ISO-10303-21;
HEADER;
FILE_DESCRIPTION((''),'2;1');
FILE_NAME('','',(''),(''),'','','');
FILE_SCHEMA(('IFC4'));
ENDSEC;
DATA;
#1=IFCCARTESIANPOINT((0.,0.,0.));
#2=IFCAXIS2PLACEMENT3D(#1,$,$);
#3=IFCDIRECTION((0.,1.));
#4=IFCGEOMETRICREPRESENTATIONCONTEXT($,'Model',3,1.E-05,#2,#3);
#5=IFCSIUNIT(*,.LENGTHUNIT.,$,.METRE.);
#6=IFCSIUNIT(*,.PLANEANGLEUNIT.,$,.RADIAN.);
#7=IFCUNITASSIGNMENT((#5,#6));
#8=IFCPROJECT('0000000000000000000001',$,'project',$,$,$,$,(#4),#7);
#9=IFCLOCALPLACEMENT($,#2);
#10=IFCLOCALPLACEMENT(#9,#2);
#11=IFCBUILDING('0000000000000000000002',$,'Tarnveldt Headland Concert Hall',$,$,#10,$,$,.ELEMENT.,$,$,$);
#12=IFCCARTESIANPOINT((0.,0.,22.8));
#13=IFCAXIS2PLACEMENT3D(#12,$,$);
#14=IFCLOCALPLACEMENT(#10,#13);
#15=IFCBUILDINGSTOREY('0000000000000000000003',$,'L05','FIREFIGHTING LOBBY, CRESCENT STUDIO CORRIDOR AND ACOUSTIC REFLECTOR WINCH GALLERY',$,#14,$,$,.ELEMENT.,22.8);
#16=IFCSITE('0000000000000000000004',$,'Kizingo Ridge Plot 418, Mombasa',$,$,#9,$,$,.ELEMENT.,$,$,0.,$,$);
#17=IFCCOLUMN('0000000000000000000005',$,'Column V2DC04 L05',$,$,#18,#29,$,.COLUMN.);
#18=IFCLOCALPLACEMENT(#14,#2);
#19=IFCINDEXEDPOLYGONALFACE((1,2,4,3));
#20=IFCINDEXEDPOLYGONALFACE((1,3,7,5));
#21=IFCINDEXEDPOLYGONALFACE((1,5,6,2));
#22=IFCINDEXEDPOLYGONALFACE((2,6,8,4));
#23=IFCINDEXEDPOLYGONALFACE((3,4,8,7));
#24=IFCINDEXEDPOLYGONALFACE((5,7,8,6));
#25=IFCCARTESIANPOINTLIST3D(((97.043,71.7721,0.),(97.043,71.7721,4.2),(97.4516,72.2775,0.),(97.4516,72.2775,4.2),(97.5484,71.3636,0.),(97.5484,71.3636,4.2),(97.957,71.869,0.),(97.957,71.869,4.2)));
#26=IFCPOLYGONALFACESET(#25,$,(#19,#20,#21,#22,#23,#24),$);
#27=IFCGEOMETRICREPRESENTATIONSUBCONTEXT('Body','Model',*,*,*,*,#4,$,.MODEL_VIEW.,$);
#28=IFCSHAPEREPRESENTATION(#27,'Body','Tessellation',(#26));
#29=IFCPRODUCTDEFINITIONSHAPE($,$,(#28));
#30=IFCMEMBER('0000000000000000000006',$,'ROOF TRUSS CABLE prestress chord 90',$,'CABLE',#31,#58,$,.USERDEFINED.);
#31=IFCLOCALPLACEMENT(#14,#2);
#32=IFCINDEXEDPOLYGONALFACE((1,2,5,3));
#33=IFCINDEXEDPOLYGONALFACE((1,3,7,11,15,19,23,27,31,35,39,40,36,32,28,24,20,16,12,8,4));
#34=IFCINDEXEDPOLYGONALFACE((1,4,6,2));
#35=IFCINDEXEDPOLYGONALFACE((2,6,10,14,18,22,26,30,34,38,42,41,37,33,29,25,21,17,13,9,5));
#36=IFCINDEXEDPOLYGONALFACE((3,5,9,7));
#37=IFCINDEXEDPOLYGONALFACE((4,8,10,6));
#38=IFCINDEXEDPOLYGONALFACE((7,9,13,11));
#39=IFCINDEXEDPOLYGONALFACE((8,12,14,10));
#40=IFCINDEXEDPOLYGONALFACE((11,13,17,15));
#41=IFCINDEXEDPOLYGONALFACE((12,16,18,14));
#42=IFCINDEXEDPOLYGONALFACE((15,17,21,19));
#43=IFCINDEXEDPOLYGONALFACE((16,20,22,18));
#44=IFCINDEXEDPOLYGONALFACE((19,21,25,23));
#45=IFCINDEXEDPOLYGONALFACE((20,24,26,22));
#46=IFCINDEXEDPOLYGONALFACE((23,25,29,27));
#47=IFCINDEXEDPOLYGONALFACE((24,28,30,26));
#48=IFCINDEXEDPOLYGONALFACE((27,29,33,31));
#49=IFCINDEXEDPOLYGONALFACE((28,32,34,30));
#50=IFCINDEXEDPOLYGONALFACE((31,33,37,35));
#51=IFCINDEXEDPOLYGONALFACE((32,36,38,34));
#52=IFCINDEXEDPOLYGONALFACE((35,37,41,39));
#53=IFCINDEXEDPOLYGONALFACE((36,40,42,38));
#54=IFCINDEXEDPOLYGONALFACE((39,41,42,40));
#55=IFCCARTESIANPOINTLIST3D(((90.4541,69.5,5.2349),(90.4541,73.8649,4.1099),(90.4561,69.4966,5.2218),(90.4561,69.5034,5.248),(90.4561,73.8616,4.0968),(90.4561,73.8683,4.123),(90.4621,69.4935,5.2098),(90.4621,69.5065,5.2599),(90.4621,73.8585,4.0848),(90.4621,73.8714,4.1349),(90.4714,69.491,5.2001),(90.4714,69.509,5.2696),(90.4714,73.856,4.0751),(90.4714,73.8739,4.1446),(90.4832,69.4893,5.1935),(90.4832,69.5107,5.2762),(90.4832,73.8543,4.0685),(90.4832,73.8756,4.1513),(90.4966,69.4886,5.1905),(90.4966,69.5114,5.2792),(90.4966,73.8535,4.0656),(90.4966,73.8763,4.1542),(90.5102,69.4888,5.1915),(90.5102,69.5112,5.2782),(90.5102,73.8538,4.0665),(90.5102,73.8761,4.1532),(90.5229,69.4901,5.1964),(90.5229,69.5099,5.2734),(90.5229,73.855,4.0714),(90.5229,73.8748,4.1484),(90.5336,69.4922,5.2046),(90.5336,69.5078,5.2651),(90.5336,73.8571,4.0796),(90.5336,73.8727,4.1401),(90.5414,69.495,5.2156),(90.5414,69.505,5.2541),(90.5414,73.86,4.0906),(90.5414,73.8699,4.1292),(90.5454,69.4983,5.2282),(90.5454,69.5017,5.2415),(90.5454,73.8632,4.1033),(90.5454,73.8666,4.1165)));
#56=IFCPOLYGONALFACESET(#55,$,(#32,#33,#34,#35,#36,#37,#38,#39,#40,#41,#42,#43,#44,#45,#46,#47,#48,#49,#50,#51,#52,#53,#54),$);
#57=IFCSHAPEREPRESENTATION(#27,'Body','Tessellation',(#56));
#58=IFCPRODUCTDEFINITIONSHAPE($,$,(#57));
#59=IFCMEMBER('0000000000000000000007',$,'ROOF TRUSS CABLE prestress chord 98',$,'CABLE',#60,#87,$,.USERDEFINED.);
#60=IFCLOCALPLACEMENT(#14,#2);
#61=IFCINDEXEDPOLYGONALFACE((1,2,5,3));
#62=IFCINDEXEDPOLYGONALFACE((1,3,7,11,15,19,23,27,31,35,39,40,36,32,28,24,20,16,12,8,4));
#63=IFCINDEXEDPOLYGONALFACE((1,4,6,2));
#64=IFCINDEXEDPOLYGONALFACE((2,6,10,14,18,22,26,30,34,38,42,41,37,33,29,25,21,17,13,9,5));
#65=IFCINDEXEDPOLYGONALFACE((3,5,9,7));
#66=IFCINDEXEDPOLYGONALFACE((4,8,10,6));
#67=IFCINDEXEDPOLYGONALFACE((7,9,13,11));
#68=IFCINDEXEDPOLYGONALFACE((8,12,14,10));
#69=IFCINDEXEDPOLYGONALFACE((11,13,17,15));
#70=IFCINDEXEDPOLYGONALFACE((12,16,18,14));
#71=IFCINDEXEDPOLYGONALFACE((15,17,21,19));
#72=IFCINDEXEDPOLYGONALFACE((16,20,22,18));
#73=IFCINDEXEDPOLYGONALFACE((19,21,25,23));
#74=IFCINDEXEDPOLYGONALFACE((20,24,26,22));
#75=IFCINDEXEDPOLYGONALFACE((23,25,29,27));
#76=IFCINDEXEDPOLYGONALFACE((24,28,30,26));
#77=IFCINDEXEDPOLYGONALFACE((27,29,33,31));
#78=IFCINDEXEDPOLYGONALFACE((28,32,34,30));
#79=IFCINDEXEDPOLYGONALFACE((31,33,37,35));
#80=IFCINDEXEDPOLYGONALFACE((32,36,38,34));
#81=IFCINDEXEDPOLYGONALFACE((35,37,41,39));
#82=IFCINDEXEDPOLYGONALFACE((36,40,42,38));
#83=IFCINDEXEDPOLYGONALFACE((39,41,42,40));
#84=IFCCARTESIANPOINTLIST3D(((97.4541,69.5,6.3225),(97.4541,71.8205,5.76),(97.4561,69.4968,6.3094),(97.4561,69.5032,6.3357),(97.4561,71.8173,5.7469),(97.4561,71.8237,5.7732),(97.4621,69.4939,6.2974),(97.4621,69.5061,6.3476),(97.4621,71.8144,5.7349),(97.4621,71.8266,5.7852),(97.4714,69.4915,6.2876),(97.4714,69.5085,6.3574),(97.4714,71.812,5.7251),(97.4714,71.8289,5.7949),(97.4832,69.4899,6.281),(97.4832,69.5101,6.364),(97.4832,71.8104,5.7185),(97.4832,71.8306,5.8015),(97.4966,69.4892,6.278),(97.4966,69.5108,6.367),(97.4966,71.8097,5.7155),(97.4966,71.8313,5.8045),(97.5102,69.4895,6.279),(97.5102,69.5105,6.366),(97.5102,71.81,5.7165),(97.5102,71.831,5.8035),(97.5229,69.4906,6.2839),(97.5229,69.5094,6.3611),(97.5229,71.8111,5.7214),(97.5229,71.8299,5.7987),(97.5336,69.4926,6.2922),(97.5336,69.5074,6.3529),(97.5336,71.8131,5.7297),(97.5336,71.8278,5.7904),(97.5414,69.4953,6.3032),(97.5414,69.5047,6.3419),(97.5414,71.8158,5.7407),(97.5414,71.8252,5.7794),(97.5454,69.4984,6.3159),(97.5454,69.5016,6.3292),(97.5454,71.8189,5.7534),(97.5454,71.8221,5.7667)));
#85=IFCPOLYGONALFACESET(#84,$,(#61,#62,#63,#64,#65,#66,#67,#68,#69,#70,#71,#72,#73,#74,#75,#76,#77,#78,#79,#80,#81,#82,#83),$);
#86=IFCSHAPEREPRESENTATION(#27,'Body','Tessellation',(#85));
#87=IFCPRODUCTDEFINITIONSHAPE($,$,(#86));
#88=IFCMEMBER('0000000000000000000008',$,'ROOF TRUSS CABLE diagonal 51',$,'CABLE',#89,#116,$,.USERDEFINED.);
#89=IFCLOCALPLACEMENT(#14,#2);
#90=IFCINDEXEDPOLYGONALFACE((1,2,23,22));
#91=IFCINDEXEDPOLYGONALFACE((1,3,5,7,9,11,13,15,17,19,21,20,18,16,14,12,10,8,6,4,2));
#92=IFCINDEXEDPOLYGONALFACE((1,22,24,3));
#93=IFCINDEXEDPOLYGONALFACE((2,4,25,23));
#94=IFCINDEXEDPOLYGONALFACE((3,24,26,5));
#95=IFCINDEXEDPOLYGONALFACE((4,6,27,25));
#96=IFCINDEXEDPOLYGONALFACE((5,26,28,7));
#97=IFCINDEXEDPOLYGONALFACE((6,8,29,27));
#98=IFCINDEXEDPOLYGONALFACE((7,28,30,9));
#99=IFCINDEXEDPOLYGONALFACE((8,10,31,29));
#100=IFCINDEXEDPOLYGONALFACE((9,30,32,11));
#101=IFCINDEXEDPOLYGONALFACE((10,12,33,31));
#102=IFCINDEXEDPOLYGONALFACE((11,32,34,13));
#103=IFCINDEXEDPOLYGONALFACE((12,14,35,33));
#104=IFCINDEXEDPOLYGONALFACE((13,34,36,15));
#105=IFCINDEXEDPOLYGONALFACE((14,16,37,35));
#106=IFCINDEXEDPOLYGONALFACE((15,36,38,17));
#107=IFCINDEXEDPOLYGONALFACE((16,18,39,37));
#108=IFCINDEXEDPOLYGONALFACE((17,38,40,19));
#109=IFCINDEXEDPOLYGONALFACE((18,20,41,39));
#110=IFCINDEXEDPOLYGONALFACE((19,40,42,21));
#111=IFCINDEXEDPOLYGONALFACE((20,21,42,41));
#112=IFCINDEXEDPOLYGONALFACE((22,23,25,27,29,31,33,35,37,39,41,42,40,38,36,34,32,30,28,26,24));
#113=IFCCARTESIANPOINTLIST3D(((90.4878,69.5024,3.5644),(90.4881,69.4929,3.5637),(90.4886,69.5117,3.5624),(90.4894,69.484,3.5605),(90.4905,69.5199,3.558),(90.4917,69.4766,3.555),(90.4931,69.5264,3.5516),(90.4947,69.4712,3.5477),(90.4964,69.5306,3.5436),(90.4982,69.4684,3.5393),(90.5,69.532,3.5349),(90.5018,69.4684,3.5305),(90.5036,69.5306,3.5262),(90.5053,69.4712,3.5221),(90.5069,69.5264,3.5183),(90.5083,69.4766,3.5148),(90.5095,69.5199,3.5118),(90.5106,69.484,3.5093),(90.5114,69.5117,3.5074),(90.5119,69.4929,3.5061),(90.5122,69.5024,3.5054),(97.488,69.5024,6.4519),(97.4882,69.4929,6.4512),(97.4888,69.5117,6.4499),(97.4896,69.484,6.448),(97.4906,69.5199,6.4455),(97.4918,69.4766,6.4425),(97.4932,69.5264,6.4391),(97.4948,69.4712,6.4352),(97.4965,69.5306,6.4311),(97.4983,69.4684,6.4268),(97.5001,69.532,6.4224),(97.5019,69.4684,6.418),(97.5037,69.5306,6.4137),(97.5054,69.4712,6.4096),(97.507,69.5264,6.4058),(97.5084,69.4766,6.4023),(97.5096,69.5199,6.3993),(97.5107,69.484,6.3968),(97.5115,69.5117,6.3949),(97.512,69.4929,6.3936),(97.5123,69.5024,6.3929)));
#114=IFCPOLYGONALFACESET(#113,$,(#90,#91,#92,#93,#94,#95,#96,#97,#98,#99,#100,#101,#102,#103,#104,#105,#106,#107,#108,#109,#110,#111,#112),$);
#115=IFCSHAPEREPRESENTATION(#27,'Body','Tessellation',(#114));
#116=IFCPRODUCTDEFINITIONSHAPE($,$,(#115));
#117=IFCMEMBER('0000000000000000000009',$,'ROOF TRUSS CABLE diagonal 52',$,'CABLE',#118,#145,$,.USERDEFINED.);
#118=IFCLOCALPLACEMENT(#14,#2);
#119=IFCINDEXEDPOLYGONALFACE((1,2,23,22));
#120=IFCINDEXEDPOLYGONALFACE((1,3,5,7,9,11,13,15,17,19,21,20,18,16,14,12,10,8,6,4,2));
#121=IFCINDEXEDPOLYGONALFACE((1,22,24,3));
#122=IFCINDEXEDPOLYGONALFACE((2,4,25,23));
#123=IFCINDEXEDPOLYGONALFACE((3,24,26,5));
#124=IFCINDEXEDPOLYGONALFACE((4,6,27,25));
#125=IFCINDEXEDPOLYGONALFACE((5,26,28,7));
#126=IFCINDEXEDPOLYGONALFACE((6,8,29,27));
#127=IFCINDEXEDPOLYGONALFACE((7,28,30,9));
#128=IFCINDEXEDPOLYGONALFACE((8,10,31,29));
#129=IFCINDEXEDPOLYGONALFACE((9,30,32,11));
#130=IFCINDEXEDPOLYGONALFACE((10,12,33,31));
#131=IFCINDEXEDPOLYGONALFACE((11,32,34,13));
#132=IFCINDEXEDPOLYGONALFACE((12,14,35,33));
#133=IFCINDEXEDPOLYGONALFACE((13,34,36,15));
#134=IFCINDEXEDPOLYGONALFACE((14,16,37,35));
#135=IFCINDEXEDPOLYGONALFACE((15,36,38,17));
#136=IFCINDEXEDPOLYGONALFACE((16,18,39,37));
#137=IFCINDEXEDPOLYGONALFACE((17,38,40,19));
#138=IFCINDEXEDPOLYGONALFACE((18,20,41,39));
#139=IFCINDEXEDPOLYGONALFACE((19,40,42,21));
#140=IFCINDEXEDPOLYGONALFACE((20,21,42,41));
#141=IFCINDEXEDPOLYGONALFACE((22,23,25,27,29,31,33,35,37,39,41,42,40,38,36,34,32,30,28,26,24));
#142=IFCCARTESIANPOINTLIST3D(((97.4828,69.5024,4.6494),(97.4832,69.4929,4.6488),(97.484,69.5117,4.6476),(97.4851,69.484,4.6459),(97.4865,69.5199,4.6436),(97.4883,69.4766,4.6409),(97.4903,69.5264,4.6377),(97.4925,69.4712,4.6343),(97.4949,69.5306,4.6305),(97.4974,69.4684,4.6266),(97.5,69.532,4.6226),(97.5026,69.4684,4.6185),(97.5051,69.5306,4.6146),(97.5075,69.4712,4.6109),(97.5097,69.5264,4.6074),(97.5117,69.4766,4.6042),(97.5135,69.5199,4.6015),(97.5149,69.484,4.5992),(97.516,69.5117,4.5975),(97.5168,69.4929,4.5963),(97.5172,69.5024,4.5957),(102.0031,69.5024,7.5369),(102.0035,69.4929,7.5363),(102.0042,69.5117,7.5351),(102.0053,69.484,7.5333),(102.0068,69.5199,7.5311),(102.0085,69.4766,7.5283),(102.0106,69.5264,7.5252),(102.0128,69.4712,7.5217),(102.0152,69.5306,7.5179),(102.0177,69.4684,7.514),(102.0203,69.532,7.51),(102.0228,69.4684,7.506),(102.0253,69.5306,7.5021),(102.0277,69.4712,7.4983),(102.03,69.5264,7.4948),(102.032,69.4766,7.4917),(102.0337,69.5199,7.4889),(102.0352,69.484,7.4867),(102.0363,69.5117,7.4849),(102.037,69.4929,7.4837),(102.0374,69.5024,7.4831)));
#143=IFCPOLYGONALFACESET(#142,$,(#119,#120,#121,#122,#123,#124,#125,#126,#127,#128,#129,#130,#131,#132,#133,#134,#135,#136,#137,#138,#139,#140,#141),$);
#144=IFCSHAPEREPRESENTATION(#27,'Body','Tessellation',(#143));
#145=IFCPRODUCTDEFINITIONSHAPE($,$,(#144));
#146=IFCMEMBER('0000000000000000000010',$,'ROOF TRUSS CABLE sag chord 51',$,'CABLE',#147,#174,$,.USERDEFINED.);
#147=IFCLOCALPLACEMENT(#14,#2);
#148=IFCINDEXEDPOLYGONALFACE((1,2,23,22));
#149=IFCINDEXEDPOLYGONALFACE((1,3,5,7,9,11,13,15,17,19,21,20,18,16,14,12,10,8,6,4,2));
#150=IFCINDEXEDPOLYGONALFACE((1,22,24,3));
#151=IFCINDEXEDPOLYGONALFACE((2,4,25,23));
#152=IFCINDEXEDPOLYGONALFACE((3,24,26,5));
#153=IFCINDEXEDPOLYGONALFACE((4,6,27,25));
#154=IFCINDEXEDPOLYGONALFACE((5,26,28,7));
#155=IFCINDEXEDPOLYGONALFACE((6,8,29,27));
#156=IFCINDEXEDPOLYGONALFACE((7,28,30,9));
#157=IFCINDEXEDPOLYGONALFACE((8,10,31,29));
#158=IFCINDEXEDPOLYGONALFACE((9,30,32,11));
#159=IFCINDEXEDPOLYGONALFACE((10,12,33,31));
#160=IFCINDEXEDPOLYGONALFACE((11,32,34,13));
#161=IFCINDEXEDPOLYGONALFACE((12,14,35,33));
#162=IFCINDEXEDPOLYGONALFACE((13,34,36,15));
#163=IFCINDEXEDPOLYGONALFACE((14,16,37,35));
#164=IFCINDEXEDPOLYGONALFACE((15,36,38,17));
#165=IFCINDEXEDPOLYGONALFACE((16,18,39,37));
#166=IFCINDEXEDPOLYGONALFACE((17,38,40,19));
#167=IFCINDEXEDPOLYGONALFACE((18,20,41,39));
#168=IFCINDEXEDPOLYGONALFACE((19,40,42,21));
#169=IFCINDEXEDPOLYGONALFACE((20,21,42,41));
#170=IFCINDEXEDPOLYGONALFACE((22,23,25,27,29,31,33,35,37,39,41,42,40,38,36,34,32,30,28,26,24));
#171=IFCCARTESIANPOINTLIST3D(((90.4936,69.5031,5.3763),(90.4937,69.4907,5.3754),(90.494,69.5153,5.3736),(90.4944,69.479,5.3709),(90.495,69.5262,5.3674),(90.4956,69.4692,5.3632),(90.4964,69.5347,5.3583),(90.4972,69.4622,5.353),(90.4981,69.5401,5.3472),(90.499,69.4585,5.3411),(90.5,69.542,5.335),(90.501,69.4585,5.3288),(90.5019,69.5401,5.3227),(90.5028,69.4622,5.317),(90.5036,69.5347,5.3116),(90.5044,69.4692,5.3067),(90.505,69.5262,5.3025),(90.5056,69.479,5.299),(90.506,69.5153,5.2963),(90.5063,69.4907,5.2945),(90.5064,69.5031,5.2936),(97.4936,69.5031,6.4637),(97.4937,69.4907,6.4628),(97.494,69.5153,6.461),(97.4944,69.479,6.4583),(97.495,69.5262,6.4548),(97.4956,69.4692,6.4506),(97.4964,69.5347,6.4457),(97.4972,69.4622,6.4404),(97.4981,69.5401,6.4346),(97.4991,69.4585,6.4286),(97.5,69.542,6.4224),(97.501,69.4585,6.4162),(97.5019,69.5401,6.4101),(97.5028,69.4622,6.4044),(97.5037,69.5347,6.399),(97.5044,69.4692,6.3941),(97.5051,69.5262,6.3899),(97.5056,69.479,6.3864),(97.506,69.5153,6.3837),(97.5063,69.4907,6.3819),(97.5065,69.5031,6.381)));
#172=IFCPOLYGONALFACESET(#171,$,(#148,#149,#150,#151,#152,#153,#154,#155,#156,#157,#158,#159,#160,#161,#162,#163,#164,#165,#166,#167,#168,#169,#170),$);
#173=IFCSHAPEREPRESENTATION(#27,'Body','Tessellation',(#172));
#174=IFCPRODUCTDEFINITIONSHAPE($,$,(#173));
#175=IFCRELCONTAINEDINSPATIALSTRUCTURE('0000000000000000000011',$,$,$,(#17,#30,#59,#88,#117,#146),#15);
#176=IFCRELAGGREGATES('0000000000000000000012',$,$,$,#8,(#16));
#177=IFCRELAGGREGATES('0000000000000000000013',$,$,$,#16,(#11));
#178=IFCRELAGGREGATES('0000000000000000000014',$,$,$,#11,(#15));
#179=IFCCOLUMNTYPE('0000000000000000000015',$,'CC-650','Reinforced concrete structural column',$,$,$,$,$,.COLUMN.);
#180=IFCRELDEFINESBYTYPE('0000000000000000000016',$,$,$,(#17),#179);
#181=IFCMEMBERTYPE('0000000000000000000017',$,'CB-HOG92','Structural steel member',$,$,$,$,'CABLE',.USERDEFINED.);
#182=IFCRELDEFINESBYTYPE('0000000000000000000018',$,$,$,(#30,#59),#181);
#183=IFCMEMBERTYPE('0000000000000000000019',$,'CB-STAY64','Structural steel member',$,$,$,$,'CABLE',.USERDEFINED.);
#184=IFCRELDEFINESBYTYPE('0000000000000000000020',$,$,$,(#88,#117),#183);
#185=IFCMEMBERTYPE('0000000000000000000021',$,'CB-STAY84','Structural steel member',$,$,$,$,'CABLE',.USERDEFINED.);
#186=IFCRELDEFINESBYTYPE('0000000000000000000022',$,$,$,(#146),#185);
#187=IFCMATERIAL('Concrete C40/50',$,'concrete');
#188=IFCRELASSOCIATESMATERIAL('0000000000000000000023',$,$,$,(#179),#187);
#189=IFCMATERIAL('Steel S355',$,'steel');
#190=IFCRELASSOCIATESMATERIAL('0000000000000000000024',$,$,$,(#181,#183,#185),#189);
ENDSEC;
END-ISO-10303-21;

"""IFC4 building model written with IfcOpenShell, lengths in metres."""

from ifc_helpers import new_model, si_unit, direction, frame, origin, origin_2d, place, context, subcontext, project, spatial, rectangle, circle, extrude, material, material_profile, profile_set, type_object, element, save


model = new_model("IFC4")

# Units and contexts
model_context = context("Model", 3, precision=1e-05, world=origin(), true_north=direction((0.0, 1.0)))
body_context = subcontext(model_context, "Body", "Model", "MODEL_VIEW")
ifc_project = project(units=[si_unit("LENGTHUNIT", "METRE"), si_unit("PLANEANGLEUNIT", "RADIAN")], contexts=[model_context])

# Site, building, storey
site_placement = place(None, origin())
site = spatial("IfcSite", under=ifc_project, at=site_placement, Name="Kizingo Ridge Plot 418, Mombasa", CompositionType="ELEMENT", RefElevation=0.0)
building_placement = place(site_placement, origin())
building = spatial("IfcBuilding", under=site, at=building_placement, Name="Tarnveldt Headland Concert Hall", CompositionType="ELEMENT")
storey_placement = place(building_placement, frame((0.0, 0.0, 22.8)))
storey = spatial("IfcBuildingStorey", under=building, at=storey_placement, Name="L05", Description="FIREFIGHTING LOBBY, CRESCENT STUDIO CORRIDOR AND ACOUSTIC REFLECTOR WINCH GALLERY", CompositionType="ELEMENT", Elevation=22.8)

# Column
ifc_material_1 = material(Name="Concrete C40/50", Category="concrete")
ifc_material_profile_1 = material_profile(ifc_material_1, rectangle(XDim=0.6499, YDim=0.6499, at=origin_2d()), Name="RC 650x650", Category="concrete")
ifc_profile_set_1 = profile_set([ifc_material_profile_1], Name="Concrete C40/50")
column_type = type_object("IfcColumnType", Name="CC-650", Description="Reinforced concrete structural column", PredefinedType="COLUMN", material=ifc_profile_set_1)
column_placement = place(storey_placement, frame((97.5, 71.8206, 0.0), z_axis=(0.0, 0.0, 1.0), x_axis=(0.628642, 0.777695, 0.0)))
element("IfcColumn", 1, at=column_placement, inside=storey, type_object=column_type, Name="Column V2DC04 L05", PredefinedType="COLUMN", context=body_context, shape_type="SweptSolid", body=[
    extrude(rectangle(XDim=0.6499, YDim=0.6499, at=origin_2d()), origin(), (0.0, 0.0, 1.0), 4.2),
])

# Members
ifc_material_2 = material(Name="Steel S355", Category="steel")
ifc_material_profile_2 = material_profile(ifc_material_2, circle(Radius=0.0459, at=origin_2d()), Name="LC D92", Category="steel")
ifc_profile_set_2 = profile_set([ifc_material_profile_2], Name="Steel S355")
member_type_1 = type_object("IfcMemberType", Name="CB-HOG92", Description="Structural steel member", ElementType="CABLE", PredefinedType="USERDEFINED", material=ifc_profile_set_2)
member_1_placement = place(storey_placement, frame((90.5, 69.5, 5.2349), z_axis=(0.0, 0.968355, -0.249577), x_axis=(-1.0, 0.0, 0.0)))
element("IfcMember", 2, at=member_1_placement, inside=storey, type_object=member_type_1, Name="ROOF TRUSS CABLE prestress chord 90", ObjectType="CABLE", PredefinedType="USERDEFINED", context=body_context, shape_type="SweptSolid", body=[
    extrude(circle(Radius=0.0459, at=origin_2d()), origin(), (0.0, 0.0, 1.0), 4.5076),
])
member_2_placement = place(storey_placement, frame((97.5, 69.5, 6.3225), z_axis=(0.0, 0.971856, -0.235577), x_axis=(-1.0, 0.0, 0.0)))
element("IfcMember", 3, at=member_2_placement, inside=storey, type_object=member_type_1, Name="ROOF TRUSS CABLE prestress chord 98", ObjectType="CABLE", PredefinedType="USERDEFINED", context=body_context, shape_type="SweptSolid", body=[
    extrude(circle(Radius=0.0459, at=origin_2d()), origin(), (0.0, 0.0, 1.0), 2.3877),
])
ifc_material_profile_3 = material_profile(ifc_material_2, circle(Radius=0.032, at=origin_2d()), Name="LC D64", Category="steel")
ifc_profile_set_3 = profile_set([ifc_material_profile_3], Name="Steel S355")
member_type_2 = type_object("IfcMemberType", Name="CB-STAY64", Description="Structural steel member", ElementType="CABLE", PredefinedType="USERDEFINED", material=ifc_profile_set_3)
member_3_placement = place(storey_placement, frame((90.5, 69.5, 3.5349), z_axis=(0.924441, 0.0, 0.381325), x_axis=(0.0, 1.0, 0.0)))
element("IfcMember", 4, at=member_3_placement, inside=storey, type_object=member_type_2, Name="ROOF TRUSS CABLE diagonal 51", ObjectType="CABLE", PredefinedType="USERDEFINED", context=body_context, shape_type="SweptSolid", body=[
    extrude(circle(Radius=0.032, at=origin_2d()), origin(), (0.0, 0.0, 1.0), 7.5723),
])
member_4_placement = place(storey_placement, frame((97.5, 69.5, 4.6226), z_axis=(0.842738, 0.0, 0.538324), x_axis=(0.0, 1.0, 0.0)))
element("IfcMember", 5, at=member_4_placement, inside=storey, type_object=member_type_2, Name="ROOF TRUSS CABLE diagonal 52", ObjectType="CABLE", PredefinedType="USERDEFINED", context=body_context, shape_type="SweptSolid", body=[
    extrude(circle(Radius=0.032, at=origin_2d()), origin(), (0.0, 0.0, 1.0), 5.3638),
])
ifc_material_profile_4 = material_profile(ifc_material_2, circle(Radius=0.042, at=origin_2d()), Name="LC D84", Category="steel")
ifc_profile_set_4 = profile_set([ifc_material_profile_4], Name="Steel S355")
member_type_3 = type_object("IfcMemberType", Name="CB-STAY84", Description="Structural steel member", ElementType="CABLE", PredefinedType="USERDEFINED", material=ifc_profile_set_4)
member_5_placement = place(storey_placement, frame((90.5, 69.5, 5.335), z_axis=(0.988148, 0.0, 0.153502), x_axis=(0.0, 1.0, 0.0)))
element("IfcMember", 6, at=member_5_placement, inside=storey, type_object=member_type_3, Name="ROOF TRUSS CABLE sag chord 51", ObjectType="CABLE", PredefinedType="USERDEFINED", context=body_context, shape_type="SweptSolid", body=[
    extrude(circle(Radius=0.042, at=origin_2d()), origin(), (0.0, 0.0, 1.0), 7.084),
])

save(model, "model.ifc")
